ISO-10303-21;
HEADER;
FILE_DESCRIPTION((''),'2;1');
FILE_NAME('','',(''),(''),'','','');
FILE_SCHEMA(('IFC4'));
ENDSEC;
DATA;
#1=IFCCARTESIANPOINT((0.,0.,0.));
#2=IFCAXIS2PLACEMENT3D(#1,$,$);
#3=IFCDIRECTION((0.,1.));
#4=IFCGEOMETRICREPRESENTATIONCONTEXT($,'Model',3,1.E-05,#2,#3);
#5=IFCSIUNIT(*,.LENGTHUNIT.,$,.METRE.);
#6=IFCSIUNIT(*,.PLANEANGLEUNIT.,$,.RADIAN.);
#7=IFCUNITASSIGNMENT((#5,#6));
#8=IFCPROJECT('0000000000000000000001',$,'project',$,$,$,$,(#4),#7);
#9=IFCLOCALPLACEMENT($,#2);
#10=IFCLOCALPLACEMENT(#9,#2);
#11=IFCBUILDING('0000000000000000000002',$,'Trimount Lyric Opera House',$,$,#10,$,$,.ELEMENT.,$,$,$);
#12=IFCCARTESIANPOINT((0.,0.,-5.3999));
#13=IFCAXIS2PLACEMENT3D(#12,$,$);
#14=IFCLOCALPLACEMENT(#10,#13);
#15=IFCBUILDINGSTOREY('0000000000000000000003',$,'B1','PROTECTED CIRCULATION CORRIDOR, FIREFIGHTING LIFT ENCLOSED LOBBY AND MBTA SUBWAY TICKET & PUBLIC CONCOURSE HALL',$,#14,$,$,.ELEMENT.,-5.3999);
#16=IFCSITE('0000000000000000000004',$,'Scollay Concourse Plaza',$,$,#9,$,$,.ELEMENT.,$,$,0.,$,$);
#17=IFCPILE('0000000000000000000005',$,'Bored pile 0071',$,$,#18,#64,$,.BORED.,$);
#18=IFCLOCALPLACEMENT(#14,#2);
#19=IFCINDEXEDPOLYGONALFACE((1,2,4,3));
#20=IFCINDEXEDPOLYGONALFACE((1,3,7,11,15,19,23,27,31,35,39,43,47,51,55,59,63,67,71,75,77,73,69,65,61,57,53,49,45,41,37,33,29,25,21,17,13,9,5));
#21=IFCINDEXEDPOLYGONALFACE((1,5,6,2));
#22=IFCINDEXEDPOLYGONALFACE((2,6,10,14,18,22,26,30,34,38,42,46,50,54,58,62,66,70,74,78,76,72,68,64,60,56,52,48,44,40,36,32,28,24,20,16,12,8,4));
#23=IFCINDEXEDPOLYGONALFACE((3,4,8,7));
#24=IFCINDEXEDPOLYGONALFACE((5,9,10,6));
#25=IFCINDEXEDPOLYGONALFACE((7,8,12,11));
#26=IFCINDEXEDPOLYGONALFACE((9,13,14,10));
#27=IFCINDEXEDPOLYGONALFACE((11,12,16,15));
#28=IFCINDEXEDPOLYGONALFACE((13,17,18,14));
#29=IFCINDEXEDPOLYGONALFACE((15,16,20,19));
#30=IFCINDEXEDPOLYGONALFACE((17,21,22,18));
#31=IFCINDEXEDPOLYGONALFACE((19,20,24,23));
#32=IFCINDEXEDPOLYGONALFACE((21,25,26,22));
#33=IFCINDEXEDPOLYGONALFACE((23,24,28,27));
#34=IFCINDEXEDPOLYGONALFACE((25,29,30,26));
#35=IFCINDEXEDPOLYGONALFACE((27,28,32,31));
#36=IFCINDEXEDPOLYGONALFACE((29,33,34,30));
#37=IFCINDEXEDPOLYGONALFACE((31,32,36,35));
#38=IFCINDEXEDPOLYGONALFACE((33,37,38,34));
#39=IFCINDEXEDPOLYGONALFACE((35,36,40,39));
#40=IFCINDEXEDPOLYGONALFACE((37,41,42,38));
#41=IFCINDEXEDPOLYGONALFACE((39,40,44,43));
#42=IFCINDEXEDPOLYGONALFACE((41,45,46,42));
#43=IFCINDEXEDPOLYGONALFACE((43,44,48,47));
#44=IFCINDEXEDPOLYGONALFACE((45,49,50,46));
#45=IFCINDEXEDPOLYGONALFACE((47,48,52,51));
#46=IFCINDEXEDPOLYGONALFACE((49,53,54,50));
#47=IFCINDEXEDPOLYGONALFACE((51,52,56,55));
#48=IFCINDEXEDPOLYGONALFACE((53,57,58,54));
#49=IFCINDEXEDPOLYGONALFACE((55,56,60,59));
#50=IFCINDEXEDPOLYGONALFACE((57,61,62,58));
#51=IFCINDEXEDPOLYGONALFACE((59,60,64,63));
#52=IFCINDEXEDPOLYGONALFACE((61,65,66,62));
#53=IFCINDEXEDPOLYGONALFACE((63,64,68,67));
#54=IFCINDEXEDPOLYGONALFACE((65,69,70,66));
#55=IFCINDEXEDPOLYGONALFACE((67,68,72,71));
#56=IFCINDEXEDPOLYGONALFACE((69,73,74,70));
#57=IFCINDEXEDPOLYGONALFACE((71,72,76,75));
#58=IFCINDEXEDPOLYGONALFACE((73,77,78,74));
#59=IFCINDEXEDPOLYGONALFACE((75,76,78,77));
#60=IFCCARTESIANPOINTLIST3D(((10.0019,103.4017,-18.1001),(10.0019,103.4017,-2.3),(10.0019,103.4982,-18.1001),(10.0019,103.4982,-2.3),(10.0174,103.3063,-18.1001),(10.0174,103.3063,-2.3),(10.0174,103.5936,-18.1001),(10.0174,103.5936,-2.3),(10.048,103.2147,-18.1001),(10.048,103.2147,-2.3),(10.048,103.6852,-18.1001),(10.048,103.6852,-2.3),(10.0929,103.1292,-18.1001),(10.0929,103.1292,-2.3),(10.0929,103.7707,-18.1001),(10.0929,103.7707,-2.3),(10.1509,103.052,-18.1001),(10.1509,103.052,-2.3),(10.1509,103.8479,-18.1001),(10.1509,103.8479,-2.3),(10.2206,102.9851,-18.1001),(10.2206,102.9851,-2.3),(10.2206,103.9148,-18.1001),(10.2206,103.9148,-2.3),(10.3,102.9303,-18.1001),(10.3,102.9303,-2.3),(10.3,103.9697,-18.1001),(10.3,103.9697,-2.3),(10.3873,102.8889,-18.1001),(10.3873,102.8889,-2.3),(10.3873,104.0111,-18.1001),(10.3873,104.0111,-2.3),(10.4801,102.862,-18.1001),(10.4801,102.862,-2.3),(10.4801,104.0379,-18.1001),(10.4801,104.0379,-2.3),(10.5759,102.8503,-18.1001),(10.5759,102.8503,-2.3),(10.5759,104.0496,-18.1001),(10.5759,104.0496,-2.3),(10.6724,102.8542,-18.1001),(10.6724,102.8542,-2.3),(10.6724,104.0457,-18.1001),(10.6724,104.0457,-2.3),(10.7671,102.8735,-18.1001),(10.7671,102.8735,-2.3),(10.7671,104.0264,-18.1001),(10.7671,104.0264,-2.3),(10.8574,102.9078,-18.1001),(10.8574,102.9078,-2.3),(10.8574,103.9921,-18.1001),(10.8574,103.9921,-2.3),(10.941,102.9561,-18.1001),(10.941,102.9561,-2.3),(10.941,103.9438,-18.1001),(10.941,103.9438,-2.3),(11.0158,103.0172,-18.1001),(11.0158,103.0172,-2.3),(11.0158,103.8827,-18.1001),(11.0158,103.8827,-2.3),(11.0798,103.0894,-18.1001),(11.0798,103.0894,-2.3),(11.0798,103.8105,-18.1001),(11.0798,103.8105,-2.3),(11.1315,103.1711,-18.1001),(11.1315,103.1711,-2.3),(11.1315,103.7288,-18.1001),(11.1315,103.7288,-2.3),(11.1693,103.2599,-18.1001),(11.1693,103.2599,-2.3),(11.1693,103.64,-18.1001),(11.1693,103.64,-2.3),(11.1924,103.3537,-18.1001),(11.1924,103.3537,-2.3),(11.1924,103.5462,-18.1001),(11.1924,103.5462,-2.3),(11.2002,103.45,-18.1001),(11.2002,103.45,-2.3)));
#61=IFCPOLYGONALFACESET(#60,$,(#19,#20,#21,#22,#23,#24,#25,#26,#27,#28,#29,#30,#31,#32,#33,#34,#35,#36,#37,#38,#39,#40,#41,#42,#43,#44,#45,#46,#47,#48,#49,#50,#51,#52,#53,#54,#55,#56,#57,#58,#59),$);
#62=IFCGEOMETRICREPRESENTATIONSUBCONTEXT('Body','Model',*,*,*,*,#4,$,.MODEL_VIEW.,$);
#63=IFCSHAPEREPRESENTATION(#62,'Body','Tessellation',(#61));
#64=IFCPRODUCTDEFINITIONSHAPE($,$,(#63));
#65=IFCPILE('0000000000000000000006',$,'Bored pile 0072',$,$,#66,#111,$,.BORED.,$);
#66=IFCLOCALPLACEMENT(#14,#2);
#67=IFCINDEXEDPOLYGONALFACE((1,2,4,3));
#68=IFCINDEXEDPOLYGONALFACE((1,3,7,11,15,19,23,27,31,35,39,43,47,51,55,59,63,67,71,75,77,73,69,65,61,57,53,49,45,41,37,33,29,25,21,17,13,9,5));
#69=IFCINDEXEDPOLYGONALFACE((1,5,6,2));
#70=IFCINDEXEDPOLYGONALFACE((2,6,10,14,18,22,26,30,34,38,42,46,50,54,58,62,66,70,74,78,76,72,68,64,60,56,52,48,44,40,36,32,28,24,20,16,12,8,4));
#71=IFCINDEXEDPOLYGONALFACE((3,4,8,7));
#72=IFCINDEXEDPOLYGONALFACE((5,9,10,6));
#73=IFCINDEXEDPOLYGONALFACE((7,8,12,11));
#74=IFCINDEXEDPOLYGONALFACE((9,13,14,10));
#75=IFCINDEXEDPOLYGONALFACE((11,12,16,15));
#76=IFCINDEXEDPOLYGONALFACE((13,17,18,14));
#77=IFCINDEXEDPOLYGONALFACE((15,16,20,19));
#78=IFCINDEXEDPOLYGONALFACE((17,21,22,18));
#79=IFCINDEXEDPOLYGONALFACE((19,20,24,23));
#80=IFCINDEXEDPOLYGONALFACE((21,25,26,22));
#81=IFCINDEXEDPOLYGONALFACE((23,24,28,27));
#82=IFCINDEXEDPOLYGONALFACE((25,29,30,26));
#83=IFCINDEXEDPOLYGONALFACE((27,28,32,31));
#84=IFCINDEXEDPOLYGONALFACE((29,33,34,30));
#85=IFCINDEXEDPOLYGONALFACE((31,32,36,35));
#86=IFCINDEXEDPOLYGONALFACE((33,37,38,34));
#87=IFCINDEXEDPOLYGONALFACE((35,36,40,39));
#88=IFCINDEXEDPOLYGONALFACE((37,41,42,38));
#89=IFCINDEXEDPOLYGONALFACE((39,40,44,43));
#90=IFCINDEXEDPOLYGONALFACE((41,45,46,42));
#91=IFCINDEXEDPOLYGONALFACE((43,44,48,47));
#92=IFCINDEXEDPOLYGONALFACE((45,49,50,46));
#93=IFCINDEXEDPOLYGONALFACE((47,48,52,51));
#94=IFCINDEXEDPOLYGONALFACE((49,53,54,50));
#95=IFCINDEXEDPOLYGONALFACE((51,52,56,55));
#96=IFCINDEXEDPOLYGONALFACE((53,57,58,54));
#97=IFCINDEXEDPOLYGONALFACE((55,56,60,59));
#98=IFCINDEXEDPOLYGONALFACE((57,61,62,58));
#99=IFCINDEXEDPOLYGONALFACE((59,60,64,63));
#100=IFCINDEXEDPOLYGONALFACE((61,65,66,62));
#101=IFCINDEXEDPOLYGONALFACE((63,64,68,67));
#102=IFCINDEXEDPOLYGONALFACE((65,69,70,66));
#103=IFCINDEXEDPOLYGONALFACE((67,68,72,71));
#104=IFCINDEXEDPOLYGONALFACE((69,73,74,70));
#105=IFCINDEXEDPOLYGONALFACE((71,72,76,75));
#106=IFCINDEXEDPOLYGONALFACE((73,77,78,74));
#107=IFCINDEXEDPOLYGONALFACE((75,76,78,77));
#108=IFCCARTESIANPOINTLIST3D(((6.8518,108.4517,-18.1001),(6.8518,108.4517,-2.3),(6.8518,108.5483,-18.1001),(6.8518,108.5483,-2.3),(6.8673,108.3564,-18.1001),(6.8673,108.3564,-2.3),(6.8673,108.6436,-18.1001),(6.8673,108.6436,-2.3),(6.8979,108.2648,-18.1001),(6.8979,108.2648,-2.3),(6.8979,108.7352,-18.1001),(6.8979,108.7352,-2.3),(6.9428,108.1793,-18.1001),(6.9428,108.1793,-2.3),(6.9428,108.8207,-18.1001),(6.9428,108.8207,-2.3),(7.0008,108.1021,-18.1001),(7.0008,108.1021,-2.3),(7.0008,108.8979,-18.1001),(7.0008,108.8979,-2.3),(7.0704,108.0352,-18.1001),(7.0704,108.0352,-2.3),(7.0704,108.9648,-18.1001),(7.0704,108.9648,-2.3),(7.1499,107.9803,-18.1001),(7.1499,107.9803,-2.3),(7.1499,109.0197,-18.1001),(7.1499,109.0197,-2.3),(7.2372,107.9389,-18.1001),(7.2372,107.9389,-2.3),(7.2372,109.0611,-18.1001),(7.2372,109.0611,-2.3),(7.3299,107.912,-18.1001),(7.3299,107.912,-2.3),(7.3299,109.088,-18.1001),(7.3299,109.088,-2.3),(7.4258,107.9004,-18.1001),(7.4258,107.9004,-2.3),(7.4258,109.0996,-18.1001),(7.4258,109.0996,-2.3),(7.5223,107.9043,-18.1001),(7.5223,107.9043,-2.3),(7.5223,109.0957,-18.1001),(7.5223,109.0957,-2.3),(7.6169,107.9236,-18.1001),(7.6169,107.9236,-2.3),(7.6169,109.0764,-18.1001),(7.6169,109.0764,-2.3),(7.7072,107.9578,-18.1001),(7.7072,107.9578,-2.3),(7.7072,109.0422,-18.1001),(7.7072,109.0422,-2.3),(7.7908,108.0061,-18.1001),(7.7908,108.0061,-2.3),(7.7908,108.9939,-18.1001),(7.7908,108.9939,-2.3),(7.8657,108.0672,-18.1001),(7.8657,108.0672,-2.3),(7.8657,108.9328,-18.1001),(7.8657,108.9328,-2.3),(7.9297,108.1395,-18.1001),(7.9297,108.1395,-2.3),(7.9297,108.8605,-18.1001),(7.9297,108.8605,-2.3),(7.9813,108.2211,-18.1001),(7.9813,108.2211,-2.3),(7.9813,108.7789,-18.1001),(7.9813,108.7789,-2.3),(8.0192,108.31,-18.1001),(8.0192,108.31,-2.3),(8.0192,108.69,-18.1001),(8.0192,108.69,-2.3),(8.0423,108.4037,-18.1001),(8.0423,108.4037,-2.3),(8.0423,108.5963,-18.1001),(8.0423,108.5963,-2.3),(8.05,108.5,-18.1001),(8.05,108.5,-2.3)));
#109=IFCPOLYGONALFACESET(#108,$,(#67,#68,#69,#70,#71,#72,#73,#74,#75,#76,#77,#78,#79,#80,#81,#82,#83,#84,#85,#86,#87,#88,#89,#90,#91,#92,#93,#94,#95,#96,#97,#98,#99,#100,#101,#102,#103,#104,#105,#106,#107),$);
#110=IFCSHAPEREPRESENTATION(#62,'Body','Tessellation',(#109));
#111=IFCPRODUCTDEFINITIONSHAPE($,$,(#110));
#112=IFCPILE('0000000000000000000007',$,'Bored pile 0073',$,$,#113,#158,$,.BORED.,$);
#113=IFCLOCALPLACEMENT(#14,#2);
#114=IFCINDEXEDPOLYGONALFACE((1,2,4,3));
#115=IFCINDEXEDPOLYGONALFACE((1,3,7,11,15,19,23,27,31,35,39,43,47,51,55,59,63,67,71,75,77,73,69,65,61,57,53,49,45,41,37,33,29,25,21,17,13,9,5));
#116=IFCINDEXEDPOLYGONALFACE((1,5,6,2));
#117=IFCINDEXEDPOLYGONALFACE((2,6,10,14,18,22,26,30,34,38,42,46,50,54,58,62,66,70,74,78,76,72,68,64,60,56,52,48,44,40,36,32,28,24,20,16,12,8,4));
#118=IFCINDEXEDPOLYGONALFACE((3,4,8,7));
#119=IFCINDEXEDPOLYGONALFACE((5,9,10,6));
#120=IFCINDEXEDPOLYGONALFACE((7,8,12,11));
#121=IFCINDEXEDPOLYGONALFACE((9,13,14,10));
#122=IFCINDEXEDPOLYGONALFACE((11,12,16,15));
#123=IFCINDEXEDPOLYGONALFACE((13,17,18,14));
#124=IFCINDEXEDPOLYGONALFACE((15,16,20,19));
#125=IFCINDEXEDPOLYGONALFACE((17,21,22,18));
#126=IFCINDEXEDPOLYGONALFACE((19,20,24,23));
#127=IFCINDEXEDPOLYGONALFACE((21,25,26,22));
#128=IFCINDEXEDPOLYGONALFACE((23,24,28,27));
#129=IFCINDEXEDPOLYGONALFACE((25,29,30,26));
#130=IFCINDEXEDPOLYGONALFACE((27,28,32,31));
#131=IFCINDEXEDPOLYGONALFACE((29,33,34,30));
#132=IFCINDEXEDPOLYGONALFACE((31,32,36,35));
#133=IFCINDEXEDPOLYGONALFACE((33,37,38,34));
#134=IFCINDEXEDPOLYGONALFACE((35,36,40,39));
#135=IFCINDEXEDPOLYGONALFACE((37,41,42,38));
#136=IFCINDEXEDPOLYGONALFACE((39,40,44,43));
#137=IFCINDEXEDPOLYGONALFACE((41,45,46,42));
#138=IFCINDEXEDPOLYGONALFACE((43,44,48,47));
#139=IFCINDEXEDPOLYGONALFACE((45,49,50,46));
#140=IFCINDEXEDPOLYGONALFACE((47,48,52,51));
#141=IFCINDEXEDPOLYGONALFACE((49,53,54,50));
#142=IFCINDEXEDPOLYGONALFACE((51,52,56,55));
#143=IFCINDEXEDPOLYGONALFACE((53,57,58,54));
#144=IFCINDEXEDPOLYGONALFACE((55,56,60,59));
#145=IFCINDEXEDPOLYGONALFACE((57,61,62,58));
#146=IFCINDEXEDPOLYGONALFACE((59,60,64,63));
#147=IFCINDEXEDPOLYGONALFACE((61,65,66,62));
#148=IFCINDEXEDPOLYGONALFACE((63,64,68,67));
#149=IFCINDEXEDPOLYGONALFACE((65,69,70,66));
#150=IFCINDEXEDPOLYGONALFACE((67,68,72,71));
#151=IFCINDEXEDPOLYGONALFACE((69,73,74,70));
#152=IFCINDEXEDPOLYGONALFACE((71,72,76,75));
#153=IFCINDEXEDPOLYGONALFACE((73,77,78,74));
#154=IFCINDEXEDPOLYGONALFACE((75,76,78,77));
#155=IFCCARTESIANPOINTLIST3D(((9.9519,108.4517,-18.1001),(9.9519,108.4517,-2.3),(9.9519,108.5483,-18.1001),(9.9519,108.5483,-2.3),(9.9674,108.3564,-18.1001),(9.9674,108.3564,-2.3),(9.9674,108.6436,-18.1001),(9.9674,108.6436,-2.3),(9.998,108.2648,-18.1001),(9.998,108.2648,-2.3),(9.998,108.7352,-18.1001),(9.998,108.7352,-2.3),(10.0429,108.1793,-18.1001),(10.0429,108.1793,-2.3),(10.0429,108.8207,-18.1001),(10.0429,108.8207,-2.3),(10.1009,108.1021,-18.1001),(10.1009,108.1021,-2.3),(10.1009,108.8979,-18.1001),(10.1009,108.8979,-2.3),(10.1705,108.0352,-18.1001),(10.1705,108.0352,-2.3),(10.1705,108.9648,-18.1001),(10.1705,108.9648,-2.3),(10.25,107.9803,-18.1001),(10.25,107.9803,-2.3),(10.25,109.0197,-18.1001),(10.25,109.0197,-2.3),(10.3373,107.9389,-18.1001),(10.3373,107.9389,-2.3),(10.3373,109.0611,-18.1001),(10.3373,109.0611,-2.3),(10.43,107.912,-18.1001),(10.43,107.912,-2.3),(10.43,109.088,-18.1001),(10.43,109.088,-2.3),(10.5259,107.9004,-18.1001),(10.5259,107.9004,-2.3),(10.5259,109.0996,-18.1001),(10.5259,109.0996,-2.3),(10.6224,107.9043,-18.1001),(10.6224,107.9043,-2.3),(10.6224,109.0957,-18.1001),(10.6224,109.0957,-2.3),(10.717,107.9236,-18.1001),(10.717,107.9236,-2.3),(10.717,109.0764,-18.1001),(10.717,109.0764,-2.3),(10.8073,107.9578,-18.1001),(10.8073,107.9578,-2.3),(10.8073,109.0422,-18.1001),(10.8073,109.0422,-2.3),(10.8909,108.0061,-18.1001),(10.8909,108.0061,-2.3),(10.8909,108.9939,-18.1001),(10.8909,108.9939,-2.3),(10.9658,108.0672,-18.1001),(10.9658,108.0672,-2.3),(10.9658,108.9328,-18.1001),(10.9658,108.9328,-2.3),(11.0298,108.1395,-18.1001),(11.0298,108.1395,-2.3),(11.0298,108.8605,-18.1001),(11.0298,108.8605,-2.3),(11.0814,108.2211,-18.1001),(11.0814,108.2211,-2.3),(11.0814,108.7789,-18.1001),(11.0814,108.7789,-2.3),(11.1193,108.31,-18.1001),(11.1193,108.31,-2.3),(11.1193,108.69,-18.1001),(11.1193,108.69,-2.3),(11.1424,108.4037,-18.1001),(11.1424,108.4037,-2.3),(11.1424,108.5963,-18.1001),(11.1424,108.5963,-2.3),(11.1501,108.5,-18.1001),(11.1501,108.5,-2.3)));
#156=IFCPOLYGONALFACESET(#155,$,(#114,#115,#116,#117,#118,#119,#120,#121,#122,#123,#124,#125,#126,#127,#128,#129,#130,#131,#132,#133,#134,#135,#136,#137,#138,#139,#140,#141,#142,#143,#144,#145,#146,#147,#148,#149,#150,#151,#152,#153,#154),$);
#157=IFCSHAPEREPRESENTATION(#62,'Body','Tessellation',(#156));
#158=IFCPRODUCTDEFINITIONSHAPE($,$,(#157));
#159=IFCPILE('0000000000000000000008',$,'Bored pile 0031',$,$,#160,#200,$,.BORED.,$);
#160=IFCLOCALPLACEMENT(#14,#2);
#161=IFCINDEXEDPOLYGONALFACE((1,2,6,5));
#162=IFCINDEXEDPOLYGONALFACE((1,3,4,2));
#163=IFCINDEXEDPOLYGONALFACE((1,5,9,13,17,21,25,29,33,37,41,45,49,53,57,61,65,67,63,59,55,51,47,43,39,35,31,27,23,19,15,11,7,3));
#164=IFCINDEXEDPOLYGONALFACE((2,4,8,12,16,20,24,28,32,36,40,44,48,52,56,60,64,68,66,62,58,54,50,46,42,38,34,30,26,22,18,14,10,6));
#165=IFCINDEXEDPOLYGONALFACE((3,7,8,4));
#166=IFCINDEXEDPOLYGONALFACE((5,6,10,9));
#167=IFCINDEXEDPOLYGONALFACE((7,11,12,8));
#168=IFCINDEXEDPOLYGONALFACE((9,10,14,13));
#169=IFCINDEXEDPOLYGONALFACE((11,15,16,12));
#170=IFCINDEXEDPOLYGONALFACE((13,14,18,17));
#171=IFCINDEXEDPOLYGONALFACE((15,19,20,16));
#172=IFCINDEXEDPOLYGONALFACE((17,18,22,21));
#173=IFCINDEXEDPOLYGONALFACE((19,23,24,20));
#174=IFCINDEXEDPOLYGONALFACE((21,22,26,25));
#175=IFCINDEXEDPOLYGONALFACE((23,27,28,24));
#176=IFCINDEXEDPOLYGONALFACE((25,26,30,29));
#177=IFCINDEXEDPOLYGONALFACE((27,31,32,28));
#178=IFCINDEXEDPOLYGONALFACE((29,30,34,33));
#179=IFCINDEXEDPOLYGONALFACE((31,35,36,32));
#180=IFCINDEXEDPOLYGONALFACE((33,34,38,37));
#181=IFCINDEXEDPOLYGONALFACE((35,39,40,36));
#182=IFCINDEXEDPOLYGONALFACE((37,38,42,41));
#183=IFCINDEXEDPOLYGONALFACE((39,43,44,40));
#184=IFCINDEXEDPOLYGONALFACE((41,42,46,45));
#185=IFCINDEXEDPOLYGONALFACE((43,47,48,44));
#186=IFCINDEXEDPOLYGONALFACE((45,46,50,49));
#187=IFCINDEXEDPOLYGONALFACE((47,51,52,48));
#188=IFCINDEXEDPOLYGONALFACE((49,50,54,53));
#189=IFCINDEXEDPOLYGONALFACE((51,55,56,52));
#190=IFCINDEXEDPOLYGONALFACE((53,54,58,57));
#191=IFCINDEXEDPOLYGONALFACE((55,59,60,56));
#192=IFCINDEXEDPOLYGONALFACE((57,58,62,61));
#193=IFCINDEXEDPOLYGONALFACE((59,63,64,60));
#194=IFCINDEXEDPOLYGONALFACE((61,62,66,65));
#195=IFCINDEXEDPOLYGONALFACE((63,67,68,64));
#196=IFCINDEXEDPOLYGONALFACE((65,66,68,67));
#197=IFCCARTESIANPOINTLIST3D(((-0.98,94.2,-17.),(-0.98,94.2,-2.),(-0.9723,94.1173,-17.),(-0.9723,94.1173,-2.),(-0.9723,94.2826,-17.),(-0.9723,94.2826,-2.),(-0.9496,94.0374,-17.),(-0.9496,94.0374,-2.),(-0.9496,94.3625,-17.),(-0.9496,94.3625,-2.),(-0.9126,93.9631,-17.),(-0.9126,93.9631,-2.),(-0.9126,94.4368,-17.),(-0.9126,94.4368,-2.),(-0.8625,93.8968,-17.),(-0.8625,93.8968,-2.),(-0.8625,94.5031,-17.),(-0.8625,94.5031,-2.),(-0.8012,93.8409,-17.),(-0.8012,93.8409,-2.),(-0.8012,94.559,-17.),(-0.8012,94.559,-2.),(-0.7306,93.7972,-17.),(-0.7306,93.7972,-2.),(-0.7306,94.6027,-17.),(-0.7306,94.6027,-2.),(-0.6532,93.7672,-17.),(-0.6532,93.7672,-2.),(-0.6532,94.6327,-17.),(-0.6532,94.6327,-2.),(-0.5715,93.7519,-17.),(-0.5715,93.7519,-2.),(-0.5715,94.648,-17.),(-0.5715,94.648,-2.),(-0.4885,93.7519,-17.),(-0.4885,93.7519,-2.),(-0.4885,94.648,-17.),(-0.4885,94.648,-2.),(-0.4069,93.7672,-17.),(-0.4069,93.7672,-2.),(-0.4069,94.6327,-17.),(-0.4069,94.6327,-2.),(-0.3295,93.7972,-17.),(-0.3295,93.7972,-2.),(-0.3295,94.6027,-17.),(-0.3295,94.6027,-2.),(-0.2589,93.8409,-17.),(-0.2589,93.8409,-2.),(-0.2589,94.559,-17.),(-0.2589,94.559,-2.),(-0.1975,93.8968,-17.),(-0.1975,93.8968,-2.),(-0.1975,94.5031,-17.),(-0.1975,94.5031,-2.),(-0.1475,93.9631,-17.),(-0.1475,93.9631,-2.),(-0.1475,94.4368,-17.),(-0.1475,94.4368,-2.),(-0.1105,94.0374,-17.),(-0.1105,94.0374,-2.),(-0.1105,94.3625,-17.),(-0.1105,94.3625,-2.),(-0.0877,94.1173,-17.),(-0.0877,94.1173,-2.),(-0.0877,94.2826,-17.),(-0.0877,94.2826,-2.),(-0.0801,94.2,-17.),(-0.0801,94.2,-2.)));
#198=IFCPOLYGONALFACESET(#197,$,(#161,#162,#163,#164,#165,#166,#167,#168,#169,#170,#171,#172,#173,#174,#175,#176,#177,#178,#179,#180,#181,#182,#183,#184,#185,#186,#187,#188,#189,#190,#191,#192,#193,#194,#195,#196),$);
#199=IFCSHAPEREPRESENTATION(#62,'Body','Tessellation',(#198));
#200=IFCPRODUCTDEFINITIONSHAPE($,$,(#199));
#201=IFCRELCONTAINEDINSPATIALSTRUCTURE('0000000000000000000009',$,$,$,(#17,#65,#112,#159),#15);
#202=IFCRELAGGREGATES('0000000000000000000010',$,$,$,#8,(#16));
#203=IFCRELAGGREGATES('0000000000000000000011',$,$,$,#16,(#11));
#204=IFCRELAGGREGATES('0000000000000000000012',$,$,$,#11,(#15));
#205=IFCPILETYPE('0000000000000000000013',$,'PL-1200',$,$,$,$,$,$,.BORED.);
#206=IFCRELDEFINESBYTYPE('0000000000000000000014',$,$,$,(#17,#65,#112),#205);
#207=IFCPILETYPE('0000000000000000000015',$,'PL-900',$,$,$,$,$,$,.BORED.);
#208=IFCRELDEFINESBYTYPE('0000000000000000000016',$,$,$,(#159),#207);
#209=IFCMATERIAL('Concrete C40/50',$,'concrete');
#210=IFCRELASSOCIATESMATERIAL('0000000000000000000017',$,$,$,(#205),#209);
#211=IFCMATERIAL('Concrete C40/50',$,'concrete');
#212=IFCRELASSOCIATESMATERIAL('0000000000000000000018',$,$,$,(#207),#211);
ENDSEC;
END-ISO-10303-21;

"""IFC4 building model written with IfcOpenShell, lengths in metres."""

from ifc_helpers import new_model, si_unit, direction, frame, origin, origin_2d, place, context, subcontext, project, spatial, circle, extrude, material, material_profile, profile_set, type_object, element, save


model = new_model("IFC4")

# Units and contexts
model_context = context("Model", 3, precision=1e-05, world=origin(), true_north=direction((0.0, 1.0)))
body_context = subcontext(model_context, "Body", "Model", "MODEL_VIEW")
ifc_project = project(units=[si_unit("LENGTHUNIT", "METRE"), si_unit("PLANEANGLEUNIT", "RADIAN")], contexts=[model_context])

# Site, building, storey
site_placement = place(None, origin())
site = spatial("IfcSite", under=ifc_project, at=site_placement, Name="Scollay Concourse Plaza", CompositionType="ELEMENT", RefElevation=0.0)
building_placement = place(site_placement, origin())
building = spatial("IfcBuilding", under=site, at=building_placement, Name="Trimount Lyric Opera House", CompositionType="ELEMENT")
storey_placement = place(building_placement, frame((0.0, 0.0, -5.3999)))
storey = spatial("IfcBuildingStorey", under=building, at=storey_placement, Name="B1", Description="PROTECTED CIRCULATION CORRIDOR, FIREFIGHTING LIFT ENCLOSED LOBBY AND MBTA SUBWAY TICKET & PUBLIC CONCOURSE HALL", CompositionType="ELEMENT", Elevation=-5.3999)

# Piles
ifc_material_1 = material(Name="Concrete C40/50", Category="concrete")
ifc_material_profile_1 = material_profile(ifc_material_1, circle(Radius=0.6001, at=origin_2d()), Name="PILE-D1200")
ifc_profile_set_1 = profile_set([ifc_material_profile_1], Name="Concrete C40/50")
pile_type_1 = type_object("IfcPileType", Name="PL-1200", PredefinedType="BORED", material=ifc_profile_set_1)
for number, where, z_axis, x_axis, name in (
    (1, (10.6001, 103.45, -2.3), (0.0, 0.0, -1.0), (1.0, 0.0, 0.0), "Bored pile 0071"),
    (2, (7.45, 108.5, -2.3), (0.0, 0.0, -1.0), (1.0, 0.0, 0.0), "Bored pile 0072"),
    (3, (10.55, 108.5, -2.3), (0.0, 0.0, -1.0), (1.0, 0.0, 0.0), "Bored pile 0073"),
):
    element("IfcPile", number, at=place(storey_placement, frame(where, z_axis=z_axis, x_axis=x_axis)), inside=storey, type_object=pile_type_1, Name=name, PredefinedType="BORED", context=body_context, shape_type="SweptSolid", body=[
        extrude(circle(Radius=0.6001, at=origin_2d()), origin(), (0.0, 0.0, 1.0), 15.8),
    ])
ifc_material_2 = material(Name="Concrete C40/50", Category="concrete")
ifc_material_profile_2 = material_profile(ifc_material_2, circle(Radius=0.45, at=origin_2d()), Name="PILE-D900")
ifc_profile_set_2 = profile_set([ifc_material_profile_2], Name="Concrete C40/50")
pile_type_2 = type_object("IfcPileType", Name="PL-900", PredefinedType="BORED", material=ifc_profile_set_2)
for number, where, z_axis, x_axis, name in (
    (4, (-0.53, 94.2, -2.0), (0.0, 0.0, -1.0), (1.0, 0.0, 0.0), "Bored pile 0031"),
):
    element("IfcPile", number, at=place(storey_placement, frame(where, z_axis=z_axis, x_axis=x_axis)), inside=storey, type_object=pile_type_2, Name=name, PredefinedType="BORED", context=body_context, shape_type="SweptSolid", body=[
        extrude(circle(Radius=0.45, at=origin_2d()), origin(), (0.0, 0.0, 1.0), 15.0),
    ])

save(model, "model.ifc")
